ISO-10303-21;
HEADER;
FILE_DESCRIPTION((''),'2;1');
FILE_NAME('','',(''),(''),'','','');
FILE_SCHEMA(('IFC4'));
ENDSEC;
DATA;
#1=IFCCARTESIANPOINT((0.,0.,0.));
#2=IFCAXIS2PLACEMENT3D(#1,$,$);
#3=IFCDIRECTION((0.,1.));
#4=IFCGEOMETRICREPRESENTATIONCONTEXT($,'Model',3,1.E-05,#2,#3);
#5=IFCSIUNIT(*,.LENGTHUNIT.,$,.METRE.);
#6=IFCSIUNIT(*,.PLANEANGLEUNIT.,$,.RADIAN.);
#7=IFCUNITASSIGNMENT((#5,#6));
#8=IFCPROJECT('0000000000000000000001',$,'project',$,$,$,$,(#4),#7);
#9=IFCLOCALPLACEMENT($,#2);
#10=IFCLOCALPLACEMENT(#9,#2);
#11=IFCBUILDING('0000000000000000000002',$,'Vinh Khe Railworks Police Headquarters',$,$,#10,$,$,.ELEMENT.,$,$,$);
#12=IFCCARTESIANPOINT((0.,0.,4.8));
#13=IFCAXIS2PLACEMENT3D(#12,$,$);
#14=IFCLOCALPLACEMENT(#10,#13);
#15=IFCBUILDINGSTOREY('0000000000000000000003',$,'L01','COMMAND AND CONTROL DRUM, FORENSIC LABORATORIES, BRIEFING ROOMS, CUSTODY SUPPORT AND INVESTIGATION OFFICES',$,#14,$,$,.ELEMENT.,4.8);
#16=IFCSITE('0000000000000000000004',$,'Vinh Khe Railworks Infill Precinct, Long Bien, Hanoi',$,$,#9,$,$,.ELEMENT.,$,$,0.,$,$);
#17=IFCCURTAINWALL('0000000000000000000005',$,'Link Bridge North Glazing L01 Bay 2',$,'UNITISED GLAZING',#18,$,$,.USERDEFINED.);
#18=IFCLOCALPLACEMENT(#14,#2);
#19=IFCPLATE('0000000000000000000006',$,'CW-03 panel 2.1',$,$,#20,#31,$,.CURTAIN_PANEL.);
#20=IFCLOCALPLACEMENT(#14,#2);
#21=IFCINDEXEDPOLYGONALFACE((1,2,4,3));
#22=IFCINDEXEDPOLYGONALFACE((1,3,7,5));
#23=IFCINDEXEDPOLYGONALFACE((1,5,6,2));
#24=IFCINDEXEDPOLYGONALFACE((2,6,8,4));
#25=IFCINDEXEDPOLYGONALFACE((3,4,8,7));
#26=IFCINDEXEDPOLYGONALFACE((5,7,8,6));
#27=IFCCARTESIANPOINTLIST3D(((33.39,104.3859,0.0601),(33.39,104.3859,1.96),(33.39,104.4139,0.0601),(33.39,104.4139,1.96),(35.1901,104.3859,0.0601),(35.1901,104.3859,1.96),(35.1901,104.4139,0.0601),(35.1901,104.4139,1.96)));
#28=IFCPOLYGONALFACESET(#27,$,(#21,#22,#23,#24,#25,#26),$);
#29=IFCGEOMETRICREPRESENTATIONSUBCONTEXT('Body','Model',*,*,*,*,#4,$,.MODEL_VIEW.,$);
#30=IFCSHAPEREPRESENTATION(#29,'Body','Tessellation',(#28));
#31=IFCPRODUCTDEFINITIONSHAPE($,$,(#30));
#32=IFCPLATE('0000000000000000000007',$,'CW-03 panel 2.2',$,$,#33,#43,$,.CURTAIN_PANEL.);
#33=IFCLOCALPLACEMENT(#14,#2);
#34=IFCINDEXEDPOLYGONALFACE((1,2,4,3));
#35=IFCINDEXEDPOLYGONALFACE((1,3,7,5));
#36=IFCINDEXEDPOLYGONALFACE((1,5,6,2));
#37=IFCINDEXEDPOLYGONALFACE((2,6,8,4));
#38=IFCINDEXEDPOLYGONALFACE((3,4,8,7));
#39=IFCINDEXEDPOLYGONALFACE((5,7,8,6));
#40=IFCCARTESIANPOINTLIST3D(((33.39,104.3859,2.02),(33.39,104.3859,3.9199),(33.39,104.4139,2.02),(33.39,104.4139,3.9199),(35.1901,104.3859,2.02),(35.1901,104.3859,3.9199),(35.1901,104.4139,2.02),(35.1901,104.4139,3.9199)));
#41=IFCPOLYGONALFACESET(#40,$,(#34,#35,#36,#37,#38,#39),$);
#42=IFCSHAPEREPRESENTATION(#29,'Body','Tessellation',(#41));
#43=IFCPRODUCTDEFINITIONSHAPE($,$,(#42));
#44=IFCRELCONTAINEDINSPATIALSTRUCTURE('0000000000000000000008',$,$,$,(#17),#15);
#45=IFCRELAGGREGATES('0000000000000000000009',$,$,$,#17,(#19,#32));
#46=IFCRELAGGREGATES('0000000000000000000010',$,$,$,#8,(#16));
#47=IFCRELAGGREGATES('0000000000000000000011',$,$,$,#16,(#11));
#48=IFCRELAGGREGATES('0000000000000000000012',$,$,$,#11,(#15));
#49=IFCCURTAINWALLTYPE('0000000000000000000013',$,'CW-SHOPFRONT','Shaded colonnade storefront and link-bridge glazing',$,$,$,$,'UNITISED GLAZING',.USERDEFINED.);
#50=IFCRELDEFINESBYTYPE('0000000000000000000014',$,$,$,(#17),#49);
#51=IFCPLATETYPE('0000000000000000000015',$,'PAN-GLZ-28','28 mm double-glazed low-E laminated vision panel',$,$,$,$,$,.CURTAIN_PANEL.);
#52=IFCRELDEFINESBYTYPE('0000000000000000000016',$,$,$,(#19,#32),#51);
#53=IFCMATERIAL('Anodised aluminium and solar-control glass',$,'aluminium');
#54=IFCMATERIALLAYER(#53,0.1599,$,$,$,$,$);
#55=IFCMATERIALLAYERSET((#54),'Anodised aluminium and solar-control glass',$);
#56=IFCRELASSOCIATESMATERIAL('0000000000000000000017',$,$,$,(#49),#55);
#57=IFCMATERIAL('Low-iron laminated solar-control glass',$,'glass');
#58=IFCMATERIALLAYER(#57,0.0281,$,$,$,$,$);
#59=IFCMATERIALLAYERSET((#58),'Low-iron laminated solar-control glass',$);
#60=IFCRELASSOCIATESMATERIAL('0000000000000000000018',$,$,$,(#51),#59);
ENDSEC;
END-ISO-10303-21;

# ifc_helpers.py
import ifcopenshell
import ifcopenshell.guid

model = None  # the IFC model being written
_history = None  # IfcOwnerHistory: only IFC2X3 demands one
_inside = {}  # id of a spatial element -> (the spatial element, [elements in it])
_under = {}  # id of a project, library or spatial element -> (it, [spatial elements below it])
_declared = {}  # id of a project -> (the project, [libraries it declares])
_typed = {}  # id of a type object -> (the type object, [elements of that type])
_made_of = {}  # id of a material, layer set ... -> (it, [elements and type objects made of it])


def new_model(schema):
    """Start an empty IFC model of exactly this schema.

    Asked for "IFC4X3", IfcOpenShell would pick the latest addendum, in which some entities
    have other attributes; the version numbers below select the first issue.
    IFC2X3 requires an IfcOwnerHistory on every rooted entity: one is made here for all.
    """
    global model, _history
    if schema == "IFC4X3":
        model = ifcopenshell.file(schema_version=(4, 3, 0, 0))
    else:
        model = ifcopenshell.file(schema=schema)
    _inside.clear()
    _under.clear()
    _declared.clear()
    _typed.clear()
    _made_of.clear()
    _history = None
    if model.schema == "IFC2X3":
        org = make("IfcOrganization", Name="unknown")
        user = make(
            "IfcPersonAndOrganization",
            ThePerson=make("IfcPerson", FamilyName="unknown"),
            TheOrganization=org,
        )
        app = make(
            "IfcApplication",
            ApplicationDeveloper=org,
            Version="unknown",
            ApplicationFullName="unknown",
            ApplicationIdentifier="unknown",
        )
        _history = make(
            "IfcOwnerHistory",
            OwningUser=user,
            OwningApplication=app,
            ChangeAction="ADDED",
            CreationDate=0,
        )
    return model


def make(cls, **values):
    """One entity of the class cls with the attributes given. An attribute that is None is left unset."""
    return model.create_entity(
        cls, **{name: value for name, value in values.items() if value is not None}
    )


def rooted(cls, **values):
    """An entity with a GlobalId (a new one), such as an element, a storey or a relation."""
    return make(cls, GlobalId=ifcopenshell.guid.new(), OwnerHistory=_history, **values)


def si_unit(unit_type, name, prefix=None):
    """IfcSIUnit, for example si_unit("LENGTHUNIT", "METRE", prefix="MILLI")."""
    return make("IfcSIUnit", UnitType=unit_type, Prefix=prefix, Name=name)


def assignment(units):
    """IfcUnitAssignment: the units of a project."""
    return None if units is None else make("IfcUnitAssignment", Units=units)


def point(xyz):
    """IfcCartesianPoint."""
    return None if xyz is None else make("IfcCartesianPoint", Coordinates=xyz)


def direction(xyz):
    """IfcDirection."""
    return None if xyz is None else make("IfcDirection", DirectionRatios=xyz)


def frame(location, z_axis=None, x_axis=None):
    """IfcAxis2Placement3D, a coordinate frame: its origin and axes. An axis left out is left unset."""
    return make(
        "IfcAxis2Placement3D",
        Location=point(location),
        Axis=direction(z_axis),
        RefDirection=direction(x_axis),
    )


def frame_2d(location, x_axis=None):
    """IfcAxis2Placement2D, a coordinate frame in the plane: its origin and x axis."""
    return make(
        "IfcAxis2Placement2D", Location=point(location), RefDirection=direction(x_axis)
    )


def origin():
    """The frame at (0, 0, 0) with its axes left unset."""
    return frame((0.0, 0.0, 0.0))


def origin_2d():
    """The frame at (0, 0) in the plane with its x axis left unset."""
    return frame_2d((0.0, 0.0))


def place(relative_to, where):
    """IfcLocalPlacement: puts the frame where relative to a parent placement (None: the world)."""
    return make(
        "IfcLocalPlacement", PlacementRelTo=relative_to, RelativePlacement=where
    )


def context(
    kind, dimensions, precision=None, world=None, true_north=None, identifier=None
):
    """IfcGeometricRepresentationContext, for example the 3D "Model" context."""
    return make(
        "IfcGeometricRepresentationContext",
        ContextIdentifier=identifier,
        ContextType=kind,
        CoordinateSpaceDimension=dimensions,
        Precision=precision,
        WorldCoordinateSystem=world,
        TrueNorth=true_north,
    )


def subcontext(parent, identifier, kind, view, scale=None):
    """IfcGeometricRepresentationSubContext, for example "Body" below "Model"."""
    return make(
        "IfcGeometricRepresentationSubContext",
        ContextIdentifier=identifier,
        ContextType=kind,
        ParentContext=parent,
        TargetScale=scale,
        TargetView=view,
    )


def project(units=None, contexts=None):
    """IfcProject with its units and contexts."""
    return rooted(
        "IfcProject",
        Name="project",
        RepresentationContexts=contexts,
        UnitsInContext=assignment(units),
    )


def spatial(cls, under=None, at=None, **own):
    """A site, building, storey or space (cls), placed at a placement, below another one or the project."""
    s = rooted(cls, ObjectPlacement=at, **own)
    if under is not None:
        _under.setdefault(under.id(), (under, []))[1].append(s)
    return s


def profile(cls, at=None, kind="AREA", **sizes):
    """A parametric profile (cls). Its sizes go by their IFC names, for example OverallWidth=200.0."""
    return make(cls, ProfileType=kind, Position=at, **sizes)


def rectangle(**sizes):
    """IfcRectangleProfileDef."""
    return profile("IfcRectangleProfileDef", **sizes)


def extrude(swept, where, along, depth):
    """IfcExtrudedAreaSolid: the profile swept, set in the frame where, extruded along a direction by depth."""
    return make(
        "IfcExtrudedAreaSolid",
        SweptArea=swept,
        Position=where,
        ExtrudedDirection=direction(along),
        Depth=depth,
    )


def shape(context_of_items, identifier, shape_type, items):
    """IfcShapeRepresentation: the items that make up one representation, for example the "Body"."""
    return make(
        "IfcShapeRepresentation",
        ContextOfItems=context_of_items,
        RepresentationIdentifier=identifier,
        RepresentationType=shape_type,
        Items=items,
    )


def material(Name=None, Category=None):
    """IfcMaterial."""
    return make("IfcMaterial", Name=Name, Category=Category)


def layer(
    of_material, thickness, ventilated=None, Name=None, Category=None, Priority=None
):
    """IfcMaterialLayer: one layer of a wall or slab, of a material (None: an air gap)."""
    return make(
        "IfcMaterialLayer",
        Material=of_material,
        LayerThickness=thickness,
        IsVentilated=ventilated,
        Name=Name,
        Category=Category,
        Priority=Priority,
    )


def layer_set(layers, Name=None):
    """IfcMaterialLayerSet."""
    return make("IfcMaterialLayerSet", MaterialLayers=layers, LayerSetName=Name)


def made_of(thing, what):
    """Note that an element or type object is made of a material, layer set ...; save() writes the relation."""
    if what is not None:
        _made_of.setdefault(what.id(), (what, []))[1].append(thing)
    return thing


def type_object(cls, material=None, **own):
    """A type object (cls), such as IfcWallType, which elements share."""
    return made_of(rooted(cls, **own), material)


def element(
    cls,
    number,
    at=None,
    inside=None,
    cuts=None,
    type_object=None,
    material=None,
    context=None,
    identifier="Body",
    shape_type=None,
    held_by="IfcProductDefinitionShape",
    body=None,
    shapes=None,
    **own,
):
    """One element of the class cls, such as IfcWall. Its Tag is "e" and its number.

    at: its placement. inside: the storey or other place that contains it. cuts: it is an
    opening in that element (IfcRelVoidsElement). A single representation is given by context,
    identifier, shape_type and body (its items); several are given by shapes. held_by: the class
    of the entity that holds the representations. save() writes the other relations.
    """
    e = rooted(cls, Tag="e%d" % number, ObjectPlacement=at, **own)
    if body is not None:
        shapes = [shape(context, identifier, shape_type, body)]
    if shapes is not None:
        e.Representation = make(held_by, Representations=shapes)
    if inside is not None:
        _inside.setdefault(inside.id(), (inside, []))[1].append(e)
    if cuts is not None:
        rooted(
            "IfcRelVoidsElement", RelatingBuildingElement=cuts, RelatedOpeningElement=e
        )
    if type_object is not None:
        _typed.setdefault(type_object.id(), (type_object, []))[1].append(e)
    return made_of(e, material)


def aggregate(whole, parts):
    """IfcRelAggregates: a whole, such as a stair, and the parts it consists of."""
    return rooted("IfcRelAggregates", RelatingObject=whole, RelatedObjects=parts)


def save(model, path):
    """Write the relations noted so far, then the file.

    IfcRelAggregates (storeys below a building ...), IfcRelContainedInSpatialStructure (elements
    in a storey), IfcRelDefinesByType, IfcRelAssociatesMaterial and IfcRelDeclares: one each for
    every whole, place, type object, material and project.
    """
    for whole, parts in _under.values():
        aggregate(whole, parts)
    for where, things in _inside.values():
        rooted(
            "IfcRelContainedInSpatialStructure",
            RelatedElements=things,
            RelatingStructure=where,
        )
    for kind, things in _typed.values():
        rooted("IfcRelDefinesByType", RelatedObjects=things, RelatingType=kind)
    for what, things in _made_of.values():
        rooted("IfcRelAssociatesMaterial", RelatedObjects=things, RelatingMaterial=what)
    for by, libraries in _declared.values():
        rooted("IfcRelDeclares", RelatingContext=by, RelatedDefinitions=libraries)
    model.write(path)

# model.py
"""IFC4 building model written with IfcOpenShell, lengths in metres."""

from ifc_helpers import new_model, si_unit, direction, frame, origin, origin_2d, place, context, subcontext, project, spatial, rectangle, extrude, material, layer, layer_set, type_object, element, aggregate, save


model = new_model("IFC4")

# Units and contexts
model_context = context("Model", 3, precision=1e-05, world=origin(), true_north=direction((0.0, 1.0)))
body_context = subcontext(model_context, "Body", "Model", "MODEL_VIEW")
ifc_project = project(units=[si_unit("LENGTHUNIT", "METRE"), si_unit("PLANEANGLEUNIT", "RADIAN")], contexts=[model_context])

# Site, building, storey
site_placement = place(None, origin())
site = spatial("IfcSite", under=ifc_project, at=site_placement, Name="Vinh Khe Railworks Infill Precinct, Long Bien, Hanoi", CompositionType="ELEMENT", RefElevation=0.0)
building_placement = place(site_placement, origin())
building = spatial("IfcBuilding", under=site, at=building_placement, Name="Vinh Khe Railworks Police Headquarters", CompositionType="ELEMENT")
storey_placement = place(building_placement, frame((0.0, 0.0, 4.8)))
storey = spatial("IfcBuildingStorey", under=building, at=storey_placement, Name="L01", Description="COMMAND AND CONTROL DRUM, FORENSIC LABORATORIES, BRIEFING ROOMS, CUSTODY SUPPORT AND INVESTIGATION OFFICES", CompositionType="ELEMENT", Elevation=4.8)

# Curtain wall
ifc_material_1 = material(Name="Anodised aluminium and solar-control glass", Category="aluminium")
ifc_layer_1 = layer(ifc_material_1, 0.1599)
ifc_layer_set_1 = layer_set([ifc_layer_1], Name="Anodised aluminium and solar-control glass")
curtain_wall_type = type_object("IfcCurtainWallType", Name="CW-SHOPFRONT", Description="Shaded colonnade storefront and link-bridge glazing", ElementType="UNITISED GLAZING", PredefinedType="USERDEFINED", material=ifc_layer_set_1)
curtain_wall_1_placement = place(storey_placement, origin())
curtain_wall_1 = element("IfcCurtainWall", 1, at=curtain_wall_1_placement, inside=storey, type_object=curtain_wall_type, Name="Link Bridge North Glazing L01 Bay 2", ObjectType="UNITISED GLAZING", PredefinedType="USERDEFINED")

# Plates
ifc_material_2 = material(Name="Low-iron laminated solar-control glass", Category="glass")
ifc_layer_2 = layer(ifc_material_2, 0.0281)
ifc_layer_set_2 = layer_set([ifc_layer_2], Name="Low-iron laminated solar-control glass")
plate_type = type_object("IfcPlateType", Name="PAN-GLZ-28", Description="28 mm double-glazed low-E laminated vision panel", PredefinedType="CURTAIN_PANEL", material=ifc_layer_set_2)
plate_1_placement = place(storey_placement, frame((34.29, 104.3999, 0.0601), z_axis=(0.0, 0.0, 1.0), x_axis=(1.0, 0.0, 0.0)))
plate_1 = element("IfcPlate", 2, at=plate_1_placement, type_object=plate_type, Name="CW-03 panel 2.1", PredefinedType="CURTAIN_PANEL", context=body_context, shape_type="SweptSolid", body=[
    extrude(rectangle(XDim=1.8, YDim=0.0281, at=origin_2d()), origin(), (0.0, 0.0, 1.0), 1.8999),
])
plate_2_placement = place(storey_placement, frame((34.29, 104.3999, 2.02), z_axis=(0.0, 0.0, 1.0), x_axis=(1.0, 0.0, 0.0)))
plate_2 = element("IfcPlate", 3, at=plate_2_placement, type_object=plate_type, Name="CW-03 panel 2.2", PredefinedType="CURTAIN_PANEL", context=body_context, shape_type="SweptSolid", body=[
    extrude(rectangle(XDim=1.8, YDim=0.0281, at=origin_2d()), origin(), (0.0, 0.0, 1.0), 1.8999),
])
aggregate(curtain_wall_1, [plate_1, plate_2])

save(model, "model.ifc")
